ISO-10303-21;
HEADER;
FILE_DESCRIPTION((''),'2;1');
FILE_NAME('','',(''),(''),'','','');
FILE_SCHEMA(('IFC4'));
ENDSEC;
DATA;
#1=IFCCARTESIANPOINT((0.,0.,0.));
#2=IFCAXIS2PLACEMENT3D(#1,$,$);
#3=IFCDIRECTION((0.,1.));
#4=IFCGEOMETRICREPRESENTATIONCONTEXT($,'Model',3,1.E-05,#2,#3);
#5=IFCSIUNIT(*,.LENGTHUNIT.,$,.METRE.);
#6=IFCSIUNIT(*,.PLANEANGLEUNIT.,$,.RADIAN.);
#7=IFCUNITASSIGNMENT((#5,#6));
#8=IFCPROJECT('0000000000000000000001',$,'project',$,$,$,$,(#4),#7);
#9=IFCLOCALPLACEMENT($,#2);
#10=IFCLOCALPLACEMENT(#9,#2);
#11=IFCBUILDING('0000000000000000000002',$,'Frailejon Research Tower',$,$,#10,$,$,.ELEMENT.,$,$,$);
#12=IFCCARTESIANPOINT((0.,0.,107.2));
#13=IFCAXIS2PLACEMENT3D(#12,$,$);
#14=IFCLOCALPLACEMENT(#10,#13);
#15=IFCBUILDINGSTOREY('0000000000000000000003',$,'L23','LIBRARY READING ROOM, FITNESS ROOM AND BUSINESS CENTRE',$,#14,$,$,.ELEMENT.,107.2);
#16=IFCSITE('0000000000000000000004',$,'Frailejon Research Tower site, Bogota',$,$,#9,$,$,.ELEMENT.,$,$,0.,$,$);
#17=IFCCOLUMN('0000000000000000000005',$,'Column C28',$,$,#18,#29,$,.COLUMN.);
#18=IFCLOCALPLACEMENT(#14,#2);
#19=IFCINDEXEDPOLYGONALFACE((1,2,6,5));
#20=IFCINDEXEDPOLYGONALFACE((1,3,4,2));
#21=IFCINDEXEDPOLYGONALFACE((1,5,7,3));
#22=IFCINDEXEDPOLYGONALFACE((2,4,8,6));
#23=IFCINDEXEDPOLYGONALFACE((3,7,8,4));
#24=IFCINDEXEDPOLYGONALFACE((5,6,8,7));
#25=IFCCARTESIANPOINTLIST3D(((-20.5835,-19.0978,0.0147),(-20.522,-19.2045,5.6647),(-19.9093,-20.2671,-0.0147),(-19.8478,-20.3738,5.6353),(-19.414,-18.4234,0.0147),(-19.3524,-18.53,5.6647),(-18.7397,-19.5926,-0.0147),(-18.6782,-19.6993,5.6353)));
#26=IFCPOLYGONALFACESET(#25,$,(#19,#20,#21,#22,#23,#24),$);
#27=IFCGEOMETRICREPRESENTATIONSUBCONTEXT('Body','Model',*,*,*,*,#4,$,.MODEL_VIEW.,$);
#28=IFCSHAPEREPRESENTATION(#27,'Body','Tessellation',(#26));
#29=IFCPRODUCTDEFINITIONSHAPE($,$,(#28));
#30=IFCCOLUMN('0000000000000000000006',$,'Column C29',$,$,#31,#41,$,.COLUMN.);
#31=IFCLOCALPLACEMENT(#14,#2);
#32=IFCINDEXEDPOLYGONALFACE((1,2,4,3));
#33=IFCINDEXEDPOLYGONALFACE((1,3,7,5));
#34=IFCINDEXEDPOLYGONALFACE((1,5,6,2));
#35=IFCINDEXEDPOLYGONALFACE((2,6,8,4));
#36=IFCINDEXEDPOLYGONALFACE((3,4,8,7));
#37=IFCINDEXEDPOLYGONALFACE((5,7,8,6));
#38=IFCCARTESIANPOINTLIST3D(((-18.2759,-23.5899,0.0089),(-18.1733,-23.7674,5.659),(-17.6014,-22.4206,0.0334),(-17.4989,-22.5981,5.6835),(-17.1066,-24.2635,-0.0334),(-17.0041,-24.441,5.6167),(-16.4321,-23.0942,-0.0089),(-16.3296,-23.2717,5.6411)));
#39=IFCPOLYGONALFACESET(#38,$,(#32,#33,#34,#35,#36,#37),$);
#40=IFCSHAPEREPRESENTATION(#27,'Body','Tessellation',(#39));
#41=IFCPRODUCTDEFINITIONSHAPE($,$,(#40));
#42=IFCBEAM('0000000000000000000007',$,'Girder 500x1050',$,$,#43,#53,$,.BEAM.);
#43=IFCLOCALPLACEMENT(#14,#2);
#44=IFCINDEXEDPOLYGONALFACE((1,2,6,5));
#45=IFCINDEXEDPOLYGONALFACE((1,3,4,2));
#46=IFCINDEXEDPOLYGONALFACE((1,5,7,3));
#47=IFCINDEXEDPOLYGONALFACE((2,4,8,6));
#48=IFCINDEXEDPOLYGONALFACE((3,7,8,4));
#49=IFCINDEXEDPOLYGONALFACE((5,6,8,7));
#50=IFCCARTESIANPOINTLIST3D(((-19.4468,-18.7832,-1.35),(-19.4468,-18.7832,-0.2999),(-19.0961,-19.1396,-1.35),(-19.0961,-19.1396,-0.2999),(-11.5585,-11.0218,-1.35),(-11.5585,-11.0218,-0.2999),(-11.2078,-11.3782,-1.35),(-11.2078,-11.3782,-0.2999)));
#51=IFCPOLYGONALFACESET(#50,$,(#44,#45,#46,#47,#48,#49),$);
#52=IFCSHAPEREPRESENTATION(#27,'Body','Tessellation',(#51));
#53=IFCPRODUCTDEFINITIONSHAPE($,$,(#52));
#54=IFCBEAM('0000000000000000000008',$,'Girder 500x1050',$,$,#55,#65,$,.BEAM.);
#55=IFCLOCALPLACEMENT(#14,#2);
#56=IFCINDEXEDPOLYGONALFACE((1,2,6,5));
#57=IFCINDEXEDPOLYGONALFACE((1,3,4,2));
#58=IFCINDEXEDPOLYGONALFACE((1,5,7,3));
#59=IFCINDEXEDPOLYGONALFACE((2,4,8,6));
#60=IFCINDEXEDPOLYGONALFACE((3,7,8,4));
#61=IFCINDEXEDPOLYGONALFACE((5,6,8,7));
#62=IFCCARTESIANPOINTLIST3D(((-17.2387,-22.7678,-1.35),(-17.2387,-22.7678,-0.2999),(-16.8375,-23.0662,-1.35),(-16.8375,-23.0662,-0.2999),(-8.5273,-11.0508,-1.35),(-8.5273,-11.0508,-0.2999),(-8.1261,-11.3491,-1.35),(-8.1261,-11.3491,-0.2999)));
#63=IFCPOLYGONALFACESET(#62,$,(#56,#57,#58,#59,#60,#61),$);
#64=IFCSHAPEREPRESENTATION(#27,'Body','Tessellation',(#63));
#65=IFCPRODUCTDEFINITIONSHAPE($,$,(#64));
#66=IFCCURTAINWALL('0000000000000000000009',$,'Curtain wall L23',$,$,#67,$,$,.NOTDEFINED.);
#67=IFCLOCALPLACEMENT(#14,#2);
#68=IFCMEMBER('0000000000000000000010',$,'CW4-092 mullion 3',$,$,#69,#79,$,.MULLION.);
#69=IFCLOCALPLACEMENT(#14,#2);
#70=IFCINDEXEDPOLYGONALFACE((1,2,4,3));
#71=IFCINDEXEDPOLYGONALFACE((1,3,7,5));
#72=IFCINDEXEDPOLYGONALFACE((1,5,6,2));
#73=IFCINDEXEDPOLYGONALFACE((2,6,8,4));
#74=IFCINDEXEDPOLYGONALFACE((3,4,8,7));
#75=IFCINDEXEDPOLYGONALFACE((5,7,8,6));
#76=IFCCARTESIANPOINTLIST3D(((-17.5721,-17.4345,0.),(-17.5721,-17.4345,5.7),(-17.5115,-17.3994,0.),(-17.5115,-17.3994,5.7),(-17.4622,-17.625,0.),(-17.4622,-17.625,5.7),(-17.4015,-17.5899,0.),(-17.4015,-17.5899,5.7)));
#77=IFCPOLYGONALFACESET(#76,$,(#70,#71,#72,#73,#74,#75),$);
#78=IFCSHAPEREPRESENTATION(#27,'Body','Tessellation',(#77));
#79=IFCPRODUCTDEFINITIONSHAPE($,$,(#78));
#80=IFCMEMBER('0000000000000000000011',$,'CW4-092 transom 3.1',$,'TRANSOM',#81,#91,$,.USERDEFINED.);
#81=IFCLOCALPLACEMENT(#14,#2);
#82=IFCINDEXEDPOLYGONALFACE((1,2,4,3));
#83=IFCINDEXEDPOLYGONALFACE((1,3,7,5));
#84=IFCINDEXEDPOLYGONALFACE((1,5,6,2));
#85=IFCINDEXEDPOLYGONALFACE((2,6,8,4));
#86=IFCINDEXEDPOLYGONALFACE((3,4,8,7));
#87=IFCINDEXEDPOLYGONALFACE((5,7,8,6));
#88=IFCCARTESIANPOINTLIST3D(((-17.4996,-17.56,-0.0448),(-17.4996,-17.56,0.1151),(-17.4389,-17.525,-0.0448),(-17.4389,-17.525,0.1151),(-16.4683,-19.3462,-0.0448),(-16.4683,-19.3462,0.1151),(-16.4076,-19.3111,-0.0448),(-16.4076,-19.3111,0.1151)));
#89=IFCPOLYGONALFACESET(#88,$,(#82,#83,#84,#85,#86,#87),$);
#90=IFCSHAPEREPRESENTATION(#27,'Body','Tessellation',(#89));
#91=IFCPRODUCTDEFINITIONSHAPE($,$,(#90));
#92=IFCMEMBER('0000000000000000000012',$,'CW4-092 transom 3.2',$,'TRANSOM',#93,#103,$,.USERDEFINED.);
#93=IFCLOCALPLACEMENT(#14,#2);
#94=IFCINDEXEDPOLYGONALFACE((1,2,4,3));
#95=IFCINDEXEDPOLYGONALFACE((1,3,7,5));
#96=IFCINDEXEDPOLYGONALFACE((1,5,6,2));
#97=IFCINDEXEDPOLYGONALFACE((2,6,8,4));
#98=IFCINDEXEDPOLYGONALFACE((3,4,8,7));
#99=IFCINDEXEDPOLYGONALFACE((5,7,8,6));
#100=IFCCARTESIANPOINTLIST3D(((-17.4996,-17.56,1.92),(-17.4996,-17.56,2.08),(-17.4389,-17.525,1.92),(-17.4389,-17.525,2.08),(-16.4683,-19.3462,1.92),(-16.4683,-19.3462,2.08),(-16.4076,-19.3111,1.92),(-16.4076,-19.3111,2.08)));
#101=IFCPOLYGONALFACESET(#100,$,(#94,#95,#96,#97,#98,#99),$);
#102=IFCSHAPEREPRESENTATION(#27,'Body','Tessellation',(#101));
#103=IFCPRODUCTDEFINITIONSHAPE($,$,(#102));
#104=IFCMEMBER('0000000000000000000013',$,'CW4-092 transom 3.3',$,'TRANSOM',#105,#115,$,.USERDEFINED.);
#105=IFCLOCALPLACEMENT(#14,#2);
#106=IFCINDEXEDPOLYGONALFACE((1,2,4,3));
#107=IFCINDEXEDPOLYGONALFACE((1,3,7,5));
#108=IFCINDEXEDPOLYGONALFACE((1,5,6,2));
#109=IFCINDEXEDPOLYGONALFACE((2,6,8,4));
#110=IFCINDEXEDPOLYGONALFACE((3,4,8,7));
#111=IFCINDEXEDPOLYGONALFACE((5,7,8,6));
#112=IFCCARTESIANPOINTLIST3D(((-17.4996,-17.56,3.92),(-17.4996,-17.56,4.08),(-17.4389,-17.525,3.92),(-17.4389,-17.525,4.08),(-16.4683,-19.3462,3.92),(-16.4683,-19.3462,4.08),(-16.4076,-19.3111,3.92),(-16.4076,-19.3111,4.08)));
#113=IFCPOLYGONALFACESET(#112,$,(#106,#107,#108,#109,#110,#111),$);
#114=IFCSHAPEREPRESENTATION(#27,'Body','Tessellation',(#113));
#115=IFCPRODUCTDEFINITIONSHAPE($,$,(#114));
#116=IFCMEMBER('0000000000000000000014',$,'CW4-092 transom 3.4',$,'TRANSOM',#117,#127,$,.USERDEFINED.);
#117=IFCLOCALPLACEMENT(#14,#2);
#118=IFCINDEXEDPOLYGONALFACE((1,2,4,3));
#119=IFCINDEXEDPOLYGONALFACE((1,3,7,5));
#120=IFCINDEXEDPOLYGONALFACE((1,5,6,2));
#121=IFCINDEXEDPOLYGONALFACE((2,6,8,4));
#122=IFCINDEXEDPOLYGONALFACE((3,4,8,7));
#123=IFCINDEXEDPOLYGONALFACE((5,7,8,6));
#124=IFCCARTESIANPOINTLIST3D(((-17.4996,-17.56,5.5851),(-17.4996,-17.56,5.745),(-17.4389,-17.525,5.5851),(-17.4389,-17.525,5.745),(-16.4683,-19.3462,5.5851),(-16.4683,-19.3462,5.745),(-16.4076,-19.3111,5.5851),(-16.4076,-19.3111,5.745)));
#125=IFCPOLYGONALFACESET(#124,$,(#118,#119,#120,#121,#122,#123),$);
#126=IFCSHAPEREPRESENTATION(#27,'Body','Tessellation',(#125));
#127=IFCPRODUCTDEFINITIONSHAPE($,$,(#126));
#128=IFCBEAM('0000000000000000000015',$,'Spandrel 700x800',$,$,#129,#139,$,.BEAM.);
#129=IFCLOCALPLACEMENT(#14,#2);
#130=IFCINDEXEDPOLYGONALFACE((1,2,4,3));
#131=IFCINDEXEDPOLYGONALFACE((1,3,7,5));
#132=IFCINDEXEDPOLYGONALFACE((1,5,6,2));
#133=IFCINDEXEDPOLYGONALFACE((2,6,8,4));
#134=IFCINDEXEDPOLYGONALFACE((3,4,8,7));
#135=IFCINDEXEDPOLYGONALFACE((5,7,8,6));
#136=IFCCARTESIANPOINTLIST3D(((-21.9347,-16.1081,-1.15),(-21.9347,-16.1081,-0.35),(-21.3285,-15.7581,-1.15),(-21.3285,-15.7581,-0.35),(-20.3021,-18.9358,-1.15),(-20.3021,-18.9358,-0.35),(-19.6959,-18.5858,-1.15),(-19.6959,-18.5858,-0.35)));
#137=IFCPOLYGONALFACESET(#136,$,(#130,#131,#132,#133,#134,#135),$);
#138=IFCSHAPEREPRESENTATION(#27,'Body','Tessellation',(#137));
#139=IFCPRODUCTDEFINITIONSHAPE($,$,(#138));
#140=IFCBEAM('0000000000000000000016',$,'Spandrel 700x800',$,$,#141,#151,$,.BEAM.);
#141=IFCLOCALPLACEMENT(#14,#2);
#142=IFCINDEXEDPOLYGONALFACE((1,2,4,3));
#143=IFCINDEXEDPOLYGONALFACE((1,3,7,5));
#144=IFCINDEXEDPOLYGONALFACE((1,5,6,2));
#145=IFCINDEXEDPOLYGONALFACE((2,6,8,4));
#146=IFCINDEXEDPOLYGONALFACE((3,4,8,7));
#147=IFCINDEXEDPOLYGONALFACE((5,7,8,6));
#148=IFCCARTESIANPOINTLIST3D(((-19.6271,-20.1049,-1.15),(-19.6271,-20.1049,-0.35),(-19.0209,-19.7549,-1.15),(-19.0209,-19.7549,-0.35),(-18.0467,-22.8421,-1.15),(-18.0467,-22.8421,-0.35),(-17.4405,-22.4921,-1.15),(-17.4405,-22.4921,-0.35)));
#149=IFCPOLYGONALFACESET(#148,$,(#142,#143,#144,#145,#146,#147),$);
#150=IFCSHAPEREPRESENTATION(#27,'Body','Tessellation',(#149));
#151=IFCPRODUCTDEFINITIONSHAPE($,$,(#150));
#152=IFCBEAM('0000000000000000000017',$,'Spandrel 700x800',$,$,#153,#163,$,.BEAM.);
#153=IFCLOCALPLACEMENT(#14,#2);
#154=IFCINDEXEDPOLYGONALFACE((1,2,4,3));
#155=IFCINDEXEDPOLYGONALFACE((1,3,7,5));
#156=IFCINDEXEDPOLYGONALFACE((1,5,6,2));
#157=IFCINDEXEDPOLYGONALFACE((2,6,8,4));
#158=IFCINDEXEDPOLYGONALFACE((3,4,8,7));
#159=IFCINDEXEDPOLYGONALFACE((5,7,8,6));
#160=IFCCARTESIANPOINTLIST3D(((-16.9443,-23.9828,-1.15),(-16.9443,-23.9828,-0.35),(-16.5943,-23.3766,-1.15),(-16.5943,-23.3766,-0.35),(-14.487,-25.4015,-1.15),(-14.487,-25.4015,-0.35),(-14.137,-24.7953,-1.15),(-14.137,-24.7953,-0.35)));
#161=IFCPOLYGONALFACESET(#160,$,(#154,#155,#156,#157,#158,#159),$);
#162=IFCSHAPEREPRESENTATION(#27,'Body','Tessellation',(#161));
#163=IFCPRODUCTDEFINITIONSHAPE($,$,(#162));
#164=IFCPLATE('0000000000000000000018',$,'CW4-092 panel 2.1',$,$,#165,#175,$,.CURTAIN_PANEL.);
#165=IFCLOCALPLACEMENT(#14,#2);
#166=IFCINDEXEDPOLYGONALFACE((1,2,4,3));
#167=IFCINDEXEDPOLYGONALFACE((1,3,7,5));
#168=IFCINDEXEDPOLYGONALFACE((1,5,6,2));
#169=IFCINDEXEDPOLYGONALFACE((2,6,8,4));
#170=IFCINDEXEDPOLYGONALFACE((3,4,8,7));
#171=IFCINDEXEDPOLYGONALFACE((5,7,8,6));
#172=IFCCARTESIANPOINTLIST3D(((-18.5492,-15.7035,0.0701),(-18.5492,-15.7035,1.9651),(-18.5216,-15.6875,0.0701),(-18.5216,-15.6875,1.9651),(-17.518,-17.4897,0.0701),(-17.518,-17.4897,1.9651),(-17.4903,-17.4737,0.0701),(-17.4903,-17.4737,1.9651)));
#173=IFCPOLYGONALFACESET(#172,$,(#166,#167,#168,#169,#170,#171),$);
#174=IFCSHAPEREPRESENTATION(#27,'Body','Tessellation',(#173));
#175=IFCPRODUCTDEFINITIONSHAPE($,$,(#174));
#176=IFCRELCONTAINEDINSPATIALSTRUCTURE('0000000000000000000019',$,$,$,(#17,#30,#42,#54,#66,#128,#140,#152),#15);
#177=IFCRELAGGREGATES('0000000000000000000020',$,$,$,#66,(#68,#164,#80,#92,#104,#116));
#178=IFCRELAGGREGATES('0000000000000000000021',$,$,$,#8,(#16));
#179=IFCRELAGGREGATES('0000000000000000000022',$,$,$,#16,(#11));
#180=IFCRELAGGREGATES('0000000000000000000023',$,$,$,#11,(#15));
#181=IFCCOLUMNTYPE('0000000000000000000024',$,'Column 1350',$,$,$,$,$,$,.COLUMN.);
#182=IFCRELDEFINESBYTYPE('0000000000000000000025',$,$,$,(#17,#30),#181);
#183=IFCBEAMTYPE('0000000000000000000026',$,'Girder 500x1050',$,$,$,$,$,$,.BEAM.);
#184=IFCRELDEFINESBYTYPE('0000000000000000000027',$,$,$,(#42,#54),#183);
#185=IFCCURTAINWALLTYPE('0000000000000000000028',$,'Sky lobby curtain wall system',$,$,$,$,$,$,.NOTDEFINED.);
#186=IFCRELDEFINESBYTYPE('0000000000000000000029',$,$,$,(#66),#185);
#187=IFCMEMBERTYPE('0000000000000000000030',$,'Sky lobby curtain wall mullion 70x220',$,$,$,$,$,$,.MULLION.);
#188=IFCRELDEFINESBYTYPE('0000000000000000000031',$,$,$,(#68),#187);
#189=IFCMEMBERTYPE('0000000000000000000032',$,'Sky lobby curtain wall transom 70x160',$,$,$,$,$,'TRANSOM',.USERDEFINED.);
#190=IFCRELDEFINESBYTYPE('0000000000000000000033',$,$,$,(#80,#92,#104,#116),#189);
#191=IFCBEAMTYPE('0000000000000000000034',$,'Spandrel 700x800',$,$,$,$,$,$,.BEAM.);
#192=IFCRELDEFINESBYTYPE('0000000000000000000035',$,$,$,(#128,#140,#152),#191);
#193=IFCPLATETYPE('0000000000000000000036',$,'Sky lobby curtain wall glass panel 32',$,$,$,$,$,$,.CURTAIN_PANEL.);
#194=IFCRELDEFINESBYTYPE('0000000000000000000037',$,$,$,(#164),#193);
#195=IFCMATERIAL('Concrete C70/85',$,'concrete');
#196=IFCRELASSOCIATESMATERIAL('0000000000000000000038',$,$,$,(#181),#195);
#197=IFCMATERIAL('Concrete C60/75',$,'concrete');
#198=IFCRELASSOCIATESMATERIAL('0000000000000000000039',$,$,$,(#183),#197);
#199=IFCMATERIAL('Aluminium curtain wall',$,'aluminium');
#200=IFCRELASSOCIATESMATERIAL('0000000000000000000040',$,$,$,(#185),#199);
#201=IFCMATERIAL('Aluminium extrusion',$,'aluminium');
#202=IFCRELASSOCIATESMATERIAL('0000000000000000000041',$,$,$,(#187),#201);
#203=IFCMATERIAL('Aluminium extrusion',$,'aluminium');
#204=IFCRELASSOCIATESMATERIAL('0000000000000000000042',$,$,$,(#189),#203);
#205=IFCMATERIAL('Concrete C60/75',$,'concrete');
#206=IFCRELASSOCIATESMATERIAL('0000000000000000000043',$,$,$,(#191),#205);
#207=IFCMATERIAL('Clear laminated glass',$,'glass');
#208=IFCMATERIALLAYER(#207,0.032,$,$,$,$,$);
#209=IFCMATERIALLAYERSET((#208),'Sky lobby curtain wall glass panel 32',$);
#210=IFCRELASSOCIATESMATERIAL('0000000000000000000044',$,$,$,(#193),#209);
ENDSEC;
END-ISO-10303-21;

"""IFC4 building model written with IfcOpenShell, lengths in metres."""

from ifc_helpers import new_model, si_unit, direction, frame, origin, origin_2d, place, context, subcontext, project, spatial, rectangle, extrude, material, layer, layer_set, material_profile, profile_set, type_object, element, aggregate, save


model = new_model("IFC4")

# Units and contexts
model_context = context("Model", 3, precision=1e-05, world=origin(), true_north=direction((0.0, 1.0)))
body_context = subcontext(model_context, "Body", "Model", "MODEL_VIEW")
ifc_project = project(units=[si_unit("LENGTHUNIT", "METRE"), si_unit("PLANEANGLEUNIT", "RADIAN")], contexts=[model_context])

# Site, building, storey
site_placement = place(None, origin())
site = spatial("IfcSite", under=ifc_project, at=site_placement, Name="Frailejon Research Tower site, Bogota", CompositionType="ELEMENT", RefElevation=0.0)
building_placement = place(site_placement, origin())
building = spatial("IfcBuilding", under=site, at=building_placement, Name="Frailejon Research Tower", CompositionType="ELEMENT")
storey_placement = place(building_placement, frame((0.0, 0.0, 107.2)))
storey = spatial("IfcBuildingStorey", under=building, at=storey_placement, Name="L23", Description="LIBRARY READING ROOM, FITNESS ROOM AND BUSINESS CENTRE", CompositionType="ELEMENT", Elevation=107.2)

# Columns
ifc_material_1 = material(Name="Concrete C70/85", Category="concrete")
ifc_material_profile_1 = material_profile(ifc_material_1, rectangle(XDim=1.3501, YDim=1.3501, at=origin_2d()), Name="Column 1350")
ifc_profile_set_1 = profile_set([ifc_material_profile_1], Name="Concrete C70/85")
column_type = type_object("IfcColumnType", Name="Column 1350", PredefinedType="COLUMN", material=ifc_profile_set_1)
column_1_placement = place(storey_placement, frame((-19.6616, -19.3452, 0.0), z_axis=(0.010886, -0.018878, 0.999763), x_axis=(0.499423, -0.866084, -0.021792)))
element("IfcColumn", 1, at=column_1_placement, inside=storey, type_object=column_type, Name="Column C28", PredefinedType="COLUMN", context=body_context, shape_type="SweptSolid", body=[
    extrude(rectangle(XDim=1.3501, YDim=1.3501, at=origin_2d()), origin(), (0.0, 0.0, 1.0), 5.6514),
])
column_2_placement = place(storey_placement, frame((-17.354, -23.342, 0.0), z_axis=(0.018136, -0.031393, 0.999343), x_axis=(0.866081, -0.498917, -0.03139)))
element("IfcColumn", 2, at=column_2_placement, inside=storey, type_object=column_type, Name="Column C29", PredefinedType="COLUMN", context=body_context, shape_type="SweptSolid", body=[
    extrude(rectangle(XDim=1.3501, YDim=1.3501, at=origin_2d()), origin(), (0.0, 0.0, 1.0), 5.6538),
])

# Beams
ifc_material_2 = material(Name="Concrete C60/75", Category="concrete")
ifc_material_profile_2 = material_profile(ifc_material_2, rectangle(XDim=0.5, YDim=1.05, at=origin_2d()), Name="Girder 500x1050")
ifc_profile_set_2 = profile_set([ifc_material_profile_2], Name="Concrete C60/75")
beam_type_1 = type_object("IfcBeamType", Name="Girder 500x1050", PredefinedType="BEAM", material=ifc_profile_set_2)
beam_1_placement = place(storey_placement, frame((-19.2715, -18.9614, -0.825), z_axis=(0.712819, 0.701348, 0.0), x_axis=(-0.701348, 0.712819, 0.0)))
element("IfcBeam", 3, at=beam_1_placement, inside=storey, type_object=beam_type_1, Name="Girder 500x1050", PredefinedType="BEAM", context=body_context, shape_type="SweptSolid", body=[
    extrude(rectangle(XDim=0.5, YDim=1.05, at=origin_2d()), origin(), (0.0, 0.0, 1.0), 11.0664),
])
beam_2_placement = place(storey_placement, frame((-17.0381, -22.917, -0.825), z_axis=(0.596648, 0.802503, 0.0), x_axis=(-0.802503, 0.596648, 0.0)))
element("IfcBeam", 4, at=beam_2_placement, inside=storey, type_object=beam_type_1, Name="Girder 500x1050", PredefinedType="BEAM", context=body_context, shape_type="SweptSolid", body=[
    extrude(rectangle(XDim=0.5, YDim=1.05, at=origin_2d()), origin(), (0.0, 0.0, 1.0), 14.6006),
])

# Curtain wall, members
ifc_material_3 = material(Name="Aluminium curtain wall", Category="aluminium")
curtain_wall_type = type_object("IfcCurtainWallType", Name="Sky lobby curtain wall system", PredefinedType="NOTDEFINED", material=ifc_material_3)
curtain_wall_placement = place(storey_placement, origin())
curtain_wall = element("IfcCurtainWall", 5, at=curtain_wall_placement, inside=storey, type_object=curtain_wall_type, Name="Curtain wall L23", PredefinedType="NOTDEFINED")
ifc_material_4 = material(Name="Aluminium extrusion", Category="aluminium")
ifc_material_profile_3 = material_profile(ifc_material_4, rectangle(XDim=0.0701, YDim=0.22, at=origin_2d()), Name="Sky lobby curtain wall mullion 70x220")
ifc_profile_set_3 = profile_set([ifc_material_profile_3], Name="Aluminium extrusion")
member_type_1 = type_object("IfcMemberType", Name="Sky lobby curtain wall mullion 70x220", PredefinedType="MULLION", material=ifc_profile_set_3)
member_1_placement = place(storey_placement, frame((-17.4868, -17.5122, 0.0), z_axis=(0.0, 0.0, 1.0), x_axis=(0.866026, 0.5, 0.0)))
member_1 = element("IfcMember", 6, at=member_1_placement, type_object=member_type_1, Name="CW4-092 mullion 3", PredefinedType="MULLION", context=body_context, shape_type="SweptSolid", body=[
    extrude(rectangle(XDim=0.0701, YDim=0.22, at=origin_2d()), origin(), (0.0, 0.0, 1.0), 5.7),
])
ifc_material_5 = material(Name="Aluminium extrusion", Category="aluminium")
ifc_material_profile_4 = material_profile(ifc_material_5, rectangle(XDim=0.0701, YDim=0.1599, at=origin_2d()), Name="Sky lobby curtain wall transom 70x160")
ifc_profile_set_4 = profile_set([ifc_material_profile_4], Name="Aluminium extrusion")
member_type_2 = type_object("IfcMemberType", Name="Sky lobby curtain wall transom 70x160", ElementType="TRANSOM", PredefinedType="USERDEFINED", material=ifc_profile_set_4)
member_2_placement = place(storey_placement, frame((-17.4692, -17.5425, 0.0352), z_axis=(0.500009, -0.86602, 0.0), x_axis=(0.86602, 0.500009, 0.0)))
member_2 = element("IfcMember", 7, at=member_2_placement, type_object=member_type_2, Name="CW4-092 transom 3.1", ObjectType="TRANSOM", PredefinedType="USERDEFINED", context=body_context, shape_type="SweptSolid", body=[
    extrude(rectangle(XDim=0.0701, YDim=0.1599, at=origin_2d()), origin(), (0.0, 0.0, 1.0), 2.0625),
])
member_3_placement = place(storey_placement, frame((-17.4692, -17.5425, 2.0), z_axis=(0.500009, -0.86602, 0.0), x_axis=(0.86602, 0.500009, 0.0)))
member_3 = element("IfcMember", 8, at=member_3_placement, type_object=member_type_2, Name="CW4-092 transom 3.2", ObjectType="TRANSOM", PredefinedType="USERDEFINED", context=body_context, shape_type="SweptSolid", body=[
    extrude(rectangle(XDim=0.0701, YDim=0.1599, at=origin_2d()), origin(), (0.0, 0.0, 1.0), 2.0625),
])
member_4_placement = place(storey_placement, frame((-17.4692, -17.5425, 4.0), z_axis=(0.500009, -0.86602, 0.0), x_axis=(0.86602, 0.500009, 0.0)))
member_4 = element("IfcMember", 9, at=member_4_placement, type_object=member_type_2, Name="CW4-092 transom 3.3", ObjectType="TRANSOM", PredefinedType="USERDEFINED", context=body_context, shape_type="SweptSolid", body=[
    extrude(rectangle(XDim=0.0701, YDim=0.1599, at=origin_2d()), origin(), (0.0, 0.0, 1.0), 2.0625),
])
member_5_placement = place(storey_placement, frame((-17.4692, -17.5425, 5.665), z_axis=(0.500009, -0.86602, 0.0), x_axis=(0.86602, 0.500009, 0.0)))
member_5 = element("IfcMember", 10, at=member_5_placement, type_object=member_type_2, Name="CW4-092 transom 3.4", ObjectType="TRANSOM", PredefinedType="USERDEFINED", context=body_context, shape_type="SweptSolid", body=[
    extrude(rectangle(XDim=0.0701, YDim=0.1599, at=origin_2d()), origin(), (0.0, 0.0, 1.0), 2.0625),
])

# Beams
ifc_material_6 = material(Name="Concrete C60/75", Category="concrete")
ifc_material_profile_5 = material_profile(ifc_material_6, rectangle(XDim=0.7, YDim=0.8, at=origin_2d()), Name="Spandrel 700x800")
ifc_profile_set_5 = profile_set([ifc_material_profile_5], Name="Concrete C60/75")
beam_type_2 = type_object("IfcBeamType", Name="Spandrel 700x800", PredefinedType="BEAM", material=ifc_profile_set_5)
beam_3_placement = place(storey_placement, frame((-21.6316, -15.9331, -0.75), z_axis=(0.500007, -0.866021, 0.0), x_axis=(0.866021, 0.500007, 0.0)))
element("IfcBeam", 11, at=beam_3_placement, inside=storey, type_object=beam_type_2, Name="Spandrel 700x800", PredefinedType="BEAM", context=body_context, shape_type="SweptSolid", body=[
    extrude(rectangle(XDim=0.7, YDim=0.8, at=origin_2d()), origin(), (0.0, 0.0, 1.0), 3.2651),
])
beam_4_placement = place(storey_placement, frame((-19.324, -19.9299, -0.75), z_axis=(0.500019, -0.866014, 0.0), x_axis=(0.866014, 0.500019, 0.0)))
element("IfcBeam", 12, at=beam_4_placement, inside=storey, type_object=beam_type_2, Name="Spandrel 700x800", PredefinedType="BEAM", context=body_context, shape_type="SweptSolid", body=[
    extrude(rectangle(XDim=0.7, YDim=0.8, at=origin_2d()), origin(), (0.0, 0.0, 1.0), 3.1606),
])
beam_5_placement = place(storey_placement, frame((-16.7693, -23.6797, -0.75), z_axis=(0.866027, -0.499998, 0.0), x_axis=(0.499998, 0.866027, 0.0)))
element("IfcBeam", 13, at=beam_5_placement, inside=storey, type_object=beam_type_2, Name="Spandrel 700x800", PredefinedType="BEAM", context=body_context, shape_type="SweptSolid", body=[
    extrude(rectangle(XDim=0.7, YDim=0.8, at=origin_2d()), origin(), (0.0, 0.0, 1.0), 2.8374),
])

# Plate
ifc_material_7 = material(Name="Clear laminated glass", Category="glass")
ifc_layer_1 = layer(ifc_material_7, 0.032)
ifc_layer_set_1 = layer_set([ifc_layer_1], Name="Sky lobby curtain wall glass panel 32")
plate_type = type_object("IfcPlateType", Name="Sky lobby curtain wall glass panel 32", PredefinedType="CURTAIN_PANEL", material=ifc_layer_set_1)
plate_1_placement = place(storey_placement, frame((-18.0198, -16.5886, 0.0701), z_axis=(0.0, 0.0, 1.0), x_axis=(0.5, -0.866026, 0.0)))
plate_1 = element("IfcPlate", 14, at=plate_1_placement, type_object=plate_type, Name="CW4-092 panel 2.1", PredefinedType="CURTAIN_PANEL", context=body_context, shape_type="SweptSolid", body=[
    extrude(rectangle(XDim=2.0625, YDim=0.032, at=origin_2d()), origin(), (0.0, 0.0, 1.0), 1.895),
])
aggregate(curtain_wall, [member_1, plate_1, member_2, member_3, member_4, member_5])

save(model, "model.ifc")
